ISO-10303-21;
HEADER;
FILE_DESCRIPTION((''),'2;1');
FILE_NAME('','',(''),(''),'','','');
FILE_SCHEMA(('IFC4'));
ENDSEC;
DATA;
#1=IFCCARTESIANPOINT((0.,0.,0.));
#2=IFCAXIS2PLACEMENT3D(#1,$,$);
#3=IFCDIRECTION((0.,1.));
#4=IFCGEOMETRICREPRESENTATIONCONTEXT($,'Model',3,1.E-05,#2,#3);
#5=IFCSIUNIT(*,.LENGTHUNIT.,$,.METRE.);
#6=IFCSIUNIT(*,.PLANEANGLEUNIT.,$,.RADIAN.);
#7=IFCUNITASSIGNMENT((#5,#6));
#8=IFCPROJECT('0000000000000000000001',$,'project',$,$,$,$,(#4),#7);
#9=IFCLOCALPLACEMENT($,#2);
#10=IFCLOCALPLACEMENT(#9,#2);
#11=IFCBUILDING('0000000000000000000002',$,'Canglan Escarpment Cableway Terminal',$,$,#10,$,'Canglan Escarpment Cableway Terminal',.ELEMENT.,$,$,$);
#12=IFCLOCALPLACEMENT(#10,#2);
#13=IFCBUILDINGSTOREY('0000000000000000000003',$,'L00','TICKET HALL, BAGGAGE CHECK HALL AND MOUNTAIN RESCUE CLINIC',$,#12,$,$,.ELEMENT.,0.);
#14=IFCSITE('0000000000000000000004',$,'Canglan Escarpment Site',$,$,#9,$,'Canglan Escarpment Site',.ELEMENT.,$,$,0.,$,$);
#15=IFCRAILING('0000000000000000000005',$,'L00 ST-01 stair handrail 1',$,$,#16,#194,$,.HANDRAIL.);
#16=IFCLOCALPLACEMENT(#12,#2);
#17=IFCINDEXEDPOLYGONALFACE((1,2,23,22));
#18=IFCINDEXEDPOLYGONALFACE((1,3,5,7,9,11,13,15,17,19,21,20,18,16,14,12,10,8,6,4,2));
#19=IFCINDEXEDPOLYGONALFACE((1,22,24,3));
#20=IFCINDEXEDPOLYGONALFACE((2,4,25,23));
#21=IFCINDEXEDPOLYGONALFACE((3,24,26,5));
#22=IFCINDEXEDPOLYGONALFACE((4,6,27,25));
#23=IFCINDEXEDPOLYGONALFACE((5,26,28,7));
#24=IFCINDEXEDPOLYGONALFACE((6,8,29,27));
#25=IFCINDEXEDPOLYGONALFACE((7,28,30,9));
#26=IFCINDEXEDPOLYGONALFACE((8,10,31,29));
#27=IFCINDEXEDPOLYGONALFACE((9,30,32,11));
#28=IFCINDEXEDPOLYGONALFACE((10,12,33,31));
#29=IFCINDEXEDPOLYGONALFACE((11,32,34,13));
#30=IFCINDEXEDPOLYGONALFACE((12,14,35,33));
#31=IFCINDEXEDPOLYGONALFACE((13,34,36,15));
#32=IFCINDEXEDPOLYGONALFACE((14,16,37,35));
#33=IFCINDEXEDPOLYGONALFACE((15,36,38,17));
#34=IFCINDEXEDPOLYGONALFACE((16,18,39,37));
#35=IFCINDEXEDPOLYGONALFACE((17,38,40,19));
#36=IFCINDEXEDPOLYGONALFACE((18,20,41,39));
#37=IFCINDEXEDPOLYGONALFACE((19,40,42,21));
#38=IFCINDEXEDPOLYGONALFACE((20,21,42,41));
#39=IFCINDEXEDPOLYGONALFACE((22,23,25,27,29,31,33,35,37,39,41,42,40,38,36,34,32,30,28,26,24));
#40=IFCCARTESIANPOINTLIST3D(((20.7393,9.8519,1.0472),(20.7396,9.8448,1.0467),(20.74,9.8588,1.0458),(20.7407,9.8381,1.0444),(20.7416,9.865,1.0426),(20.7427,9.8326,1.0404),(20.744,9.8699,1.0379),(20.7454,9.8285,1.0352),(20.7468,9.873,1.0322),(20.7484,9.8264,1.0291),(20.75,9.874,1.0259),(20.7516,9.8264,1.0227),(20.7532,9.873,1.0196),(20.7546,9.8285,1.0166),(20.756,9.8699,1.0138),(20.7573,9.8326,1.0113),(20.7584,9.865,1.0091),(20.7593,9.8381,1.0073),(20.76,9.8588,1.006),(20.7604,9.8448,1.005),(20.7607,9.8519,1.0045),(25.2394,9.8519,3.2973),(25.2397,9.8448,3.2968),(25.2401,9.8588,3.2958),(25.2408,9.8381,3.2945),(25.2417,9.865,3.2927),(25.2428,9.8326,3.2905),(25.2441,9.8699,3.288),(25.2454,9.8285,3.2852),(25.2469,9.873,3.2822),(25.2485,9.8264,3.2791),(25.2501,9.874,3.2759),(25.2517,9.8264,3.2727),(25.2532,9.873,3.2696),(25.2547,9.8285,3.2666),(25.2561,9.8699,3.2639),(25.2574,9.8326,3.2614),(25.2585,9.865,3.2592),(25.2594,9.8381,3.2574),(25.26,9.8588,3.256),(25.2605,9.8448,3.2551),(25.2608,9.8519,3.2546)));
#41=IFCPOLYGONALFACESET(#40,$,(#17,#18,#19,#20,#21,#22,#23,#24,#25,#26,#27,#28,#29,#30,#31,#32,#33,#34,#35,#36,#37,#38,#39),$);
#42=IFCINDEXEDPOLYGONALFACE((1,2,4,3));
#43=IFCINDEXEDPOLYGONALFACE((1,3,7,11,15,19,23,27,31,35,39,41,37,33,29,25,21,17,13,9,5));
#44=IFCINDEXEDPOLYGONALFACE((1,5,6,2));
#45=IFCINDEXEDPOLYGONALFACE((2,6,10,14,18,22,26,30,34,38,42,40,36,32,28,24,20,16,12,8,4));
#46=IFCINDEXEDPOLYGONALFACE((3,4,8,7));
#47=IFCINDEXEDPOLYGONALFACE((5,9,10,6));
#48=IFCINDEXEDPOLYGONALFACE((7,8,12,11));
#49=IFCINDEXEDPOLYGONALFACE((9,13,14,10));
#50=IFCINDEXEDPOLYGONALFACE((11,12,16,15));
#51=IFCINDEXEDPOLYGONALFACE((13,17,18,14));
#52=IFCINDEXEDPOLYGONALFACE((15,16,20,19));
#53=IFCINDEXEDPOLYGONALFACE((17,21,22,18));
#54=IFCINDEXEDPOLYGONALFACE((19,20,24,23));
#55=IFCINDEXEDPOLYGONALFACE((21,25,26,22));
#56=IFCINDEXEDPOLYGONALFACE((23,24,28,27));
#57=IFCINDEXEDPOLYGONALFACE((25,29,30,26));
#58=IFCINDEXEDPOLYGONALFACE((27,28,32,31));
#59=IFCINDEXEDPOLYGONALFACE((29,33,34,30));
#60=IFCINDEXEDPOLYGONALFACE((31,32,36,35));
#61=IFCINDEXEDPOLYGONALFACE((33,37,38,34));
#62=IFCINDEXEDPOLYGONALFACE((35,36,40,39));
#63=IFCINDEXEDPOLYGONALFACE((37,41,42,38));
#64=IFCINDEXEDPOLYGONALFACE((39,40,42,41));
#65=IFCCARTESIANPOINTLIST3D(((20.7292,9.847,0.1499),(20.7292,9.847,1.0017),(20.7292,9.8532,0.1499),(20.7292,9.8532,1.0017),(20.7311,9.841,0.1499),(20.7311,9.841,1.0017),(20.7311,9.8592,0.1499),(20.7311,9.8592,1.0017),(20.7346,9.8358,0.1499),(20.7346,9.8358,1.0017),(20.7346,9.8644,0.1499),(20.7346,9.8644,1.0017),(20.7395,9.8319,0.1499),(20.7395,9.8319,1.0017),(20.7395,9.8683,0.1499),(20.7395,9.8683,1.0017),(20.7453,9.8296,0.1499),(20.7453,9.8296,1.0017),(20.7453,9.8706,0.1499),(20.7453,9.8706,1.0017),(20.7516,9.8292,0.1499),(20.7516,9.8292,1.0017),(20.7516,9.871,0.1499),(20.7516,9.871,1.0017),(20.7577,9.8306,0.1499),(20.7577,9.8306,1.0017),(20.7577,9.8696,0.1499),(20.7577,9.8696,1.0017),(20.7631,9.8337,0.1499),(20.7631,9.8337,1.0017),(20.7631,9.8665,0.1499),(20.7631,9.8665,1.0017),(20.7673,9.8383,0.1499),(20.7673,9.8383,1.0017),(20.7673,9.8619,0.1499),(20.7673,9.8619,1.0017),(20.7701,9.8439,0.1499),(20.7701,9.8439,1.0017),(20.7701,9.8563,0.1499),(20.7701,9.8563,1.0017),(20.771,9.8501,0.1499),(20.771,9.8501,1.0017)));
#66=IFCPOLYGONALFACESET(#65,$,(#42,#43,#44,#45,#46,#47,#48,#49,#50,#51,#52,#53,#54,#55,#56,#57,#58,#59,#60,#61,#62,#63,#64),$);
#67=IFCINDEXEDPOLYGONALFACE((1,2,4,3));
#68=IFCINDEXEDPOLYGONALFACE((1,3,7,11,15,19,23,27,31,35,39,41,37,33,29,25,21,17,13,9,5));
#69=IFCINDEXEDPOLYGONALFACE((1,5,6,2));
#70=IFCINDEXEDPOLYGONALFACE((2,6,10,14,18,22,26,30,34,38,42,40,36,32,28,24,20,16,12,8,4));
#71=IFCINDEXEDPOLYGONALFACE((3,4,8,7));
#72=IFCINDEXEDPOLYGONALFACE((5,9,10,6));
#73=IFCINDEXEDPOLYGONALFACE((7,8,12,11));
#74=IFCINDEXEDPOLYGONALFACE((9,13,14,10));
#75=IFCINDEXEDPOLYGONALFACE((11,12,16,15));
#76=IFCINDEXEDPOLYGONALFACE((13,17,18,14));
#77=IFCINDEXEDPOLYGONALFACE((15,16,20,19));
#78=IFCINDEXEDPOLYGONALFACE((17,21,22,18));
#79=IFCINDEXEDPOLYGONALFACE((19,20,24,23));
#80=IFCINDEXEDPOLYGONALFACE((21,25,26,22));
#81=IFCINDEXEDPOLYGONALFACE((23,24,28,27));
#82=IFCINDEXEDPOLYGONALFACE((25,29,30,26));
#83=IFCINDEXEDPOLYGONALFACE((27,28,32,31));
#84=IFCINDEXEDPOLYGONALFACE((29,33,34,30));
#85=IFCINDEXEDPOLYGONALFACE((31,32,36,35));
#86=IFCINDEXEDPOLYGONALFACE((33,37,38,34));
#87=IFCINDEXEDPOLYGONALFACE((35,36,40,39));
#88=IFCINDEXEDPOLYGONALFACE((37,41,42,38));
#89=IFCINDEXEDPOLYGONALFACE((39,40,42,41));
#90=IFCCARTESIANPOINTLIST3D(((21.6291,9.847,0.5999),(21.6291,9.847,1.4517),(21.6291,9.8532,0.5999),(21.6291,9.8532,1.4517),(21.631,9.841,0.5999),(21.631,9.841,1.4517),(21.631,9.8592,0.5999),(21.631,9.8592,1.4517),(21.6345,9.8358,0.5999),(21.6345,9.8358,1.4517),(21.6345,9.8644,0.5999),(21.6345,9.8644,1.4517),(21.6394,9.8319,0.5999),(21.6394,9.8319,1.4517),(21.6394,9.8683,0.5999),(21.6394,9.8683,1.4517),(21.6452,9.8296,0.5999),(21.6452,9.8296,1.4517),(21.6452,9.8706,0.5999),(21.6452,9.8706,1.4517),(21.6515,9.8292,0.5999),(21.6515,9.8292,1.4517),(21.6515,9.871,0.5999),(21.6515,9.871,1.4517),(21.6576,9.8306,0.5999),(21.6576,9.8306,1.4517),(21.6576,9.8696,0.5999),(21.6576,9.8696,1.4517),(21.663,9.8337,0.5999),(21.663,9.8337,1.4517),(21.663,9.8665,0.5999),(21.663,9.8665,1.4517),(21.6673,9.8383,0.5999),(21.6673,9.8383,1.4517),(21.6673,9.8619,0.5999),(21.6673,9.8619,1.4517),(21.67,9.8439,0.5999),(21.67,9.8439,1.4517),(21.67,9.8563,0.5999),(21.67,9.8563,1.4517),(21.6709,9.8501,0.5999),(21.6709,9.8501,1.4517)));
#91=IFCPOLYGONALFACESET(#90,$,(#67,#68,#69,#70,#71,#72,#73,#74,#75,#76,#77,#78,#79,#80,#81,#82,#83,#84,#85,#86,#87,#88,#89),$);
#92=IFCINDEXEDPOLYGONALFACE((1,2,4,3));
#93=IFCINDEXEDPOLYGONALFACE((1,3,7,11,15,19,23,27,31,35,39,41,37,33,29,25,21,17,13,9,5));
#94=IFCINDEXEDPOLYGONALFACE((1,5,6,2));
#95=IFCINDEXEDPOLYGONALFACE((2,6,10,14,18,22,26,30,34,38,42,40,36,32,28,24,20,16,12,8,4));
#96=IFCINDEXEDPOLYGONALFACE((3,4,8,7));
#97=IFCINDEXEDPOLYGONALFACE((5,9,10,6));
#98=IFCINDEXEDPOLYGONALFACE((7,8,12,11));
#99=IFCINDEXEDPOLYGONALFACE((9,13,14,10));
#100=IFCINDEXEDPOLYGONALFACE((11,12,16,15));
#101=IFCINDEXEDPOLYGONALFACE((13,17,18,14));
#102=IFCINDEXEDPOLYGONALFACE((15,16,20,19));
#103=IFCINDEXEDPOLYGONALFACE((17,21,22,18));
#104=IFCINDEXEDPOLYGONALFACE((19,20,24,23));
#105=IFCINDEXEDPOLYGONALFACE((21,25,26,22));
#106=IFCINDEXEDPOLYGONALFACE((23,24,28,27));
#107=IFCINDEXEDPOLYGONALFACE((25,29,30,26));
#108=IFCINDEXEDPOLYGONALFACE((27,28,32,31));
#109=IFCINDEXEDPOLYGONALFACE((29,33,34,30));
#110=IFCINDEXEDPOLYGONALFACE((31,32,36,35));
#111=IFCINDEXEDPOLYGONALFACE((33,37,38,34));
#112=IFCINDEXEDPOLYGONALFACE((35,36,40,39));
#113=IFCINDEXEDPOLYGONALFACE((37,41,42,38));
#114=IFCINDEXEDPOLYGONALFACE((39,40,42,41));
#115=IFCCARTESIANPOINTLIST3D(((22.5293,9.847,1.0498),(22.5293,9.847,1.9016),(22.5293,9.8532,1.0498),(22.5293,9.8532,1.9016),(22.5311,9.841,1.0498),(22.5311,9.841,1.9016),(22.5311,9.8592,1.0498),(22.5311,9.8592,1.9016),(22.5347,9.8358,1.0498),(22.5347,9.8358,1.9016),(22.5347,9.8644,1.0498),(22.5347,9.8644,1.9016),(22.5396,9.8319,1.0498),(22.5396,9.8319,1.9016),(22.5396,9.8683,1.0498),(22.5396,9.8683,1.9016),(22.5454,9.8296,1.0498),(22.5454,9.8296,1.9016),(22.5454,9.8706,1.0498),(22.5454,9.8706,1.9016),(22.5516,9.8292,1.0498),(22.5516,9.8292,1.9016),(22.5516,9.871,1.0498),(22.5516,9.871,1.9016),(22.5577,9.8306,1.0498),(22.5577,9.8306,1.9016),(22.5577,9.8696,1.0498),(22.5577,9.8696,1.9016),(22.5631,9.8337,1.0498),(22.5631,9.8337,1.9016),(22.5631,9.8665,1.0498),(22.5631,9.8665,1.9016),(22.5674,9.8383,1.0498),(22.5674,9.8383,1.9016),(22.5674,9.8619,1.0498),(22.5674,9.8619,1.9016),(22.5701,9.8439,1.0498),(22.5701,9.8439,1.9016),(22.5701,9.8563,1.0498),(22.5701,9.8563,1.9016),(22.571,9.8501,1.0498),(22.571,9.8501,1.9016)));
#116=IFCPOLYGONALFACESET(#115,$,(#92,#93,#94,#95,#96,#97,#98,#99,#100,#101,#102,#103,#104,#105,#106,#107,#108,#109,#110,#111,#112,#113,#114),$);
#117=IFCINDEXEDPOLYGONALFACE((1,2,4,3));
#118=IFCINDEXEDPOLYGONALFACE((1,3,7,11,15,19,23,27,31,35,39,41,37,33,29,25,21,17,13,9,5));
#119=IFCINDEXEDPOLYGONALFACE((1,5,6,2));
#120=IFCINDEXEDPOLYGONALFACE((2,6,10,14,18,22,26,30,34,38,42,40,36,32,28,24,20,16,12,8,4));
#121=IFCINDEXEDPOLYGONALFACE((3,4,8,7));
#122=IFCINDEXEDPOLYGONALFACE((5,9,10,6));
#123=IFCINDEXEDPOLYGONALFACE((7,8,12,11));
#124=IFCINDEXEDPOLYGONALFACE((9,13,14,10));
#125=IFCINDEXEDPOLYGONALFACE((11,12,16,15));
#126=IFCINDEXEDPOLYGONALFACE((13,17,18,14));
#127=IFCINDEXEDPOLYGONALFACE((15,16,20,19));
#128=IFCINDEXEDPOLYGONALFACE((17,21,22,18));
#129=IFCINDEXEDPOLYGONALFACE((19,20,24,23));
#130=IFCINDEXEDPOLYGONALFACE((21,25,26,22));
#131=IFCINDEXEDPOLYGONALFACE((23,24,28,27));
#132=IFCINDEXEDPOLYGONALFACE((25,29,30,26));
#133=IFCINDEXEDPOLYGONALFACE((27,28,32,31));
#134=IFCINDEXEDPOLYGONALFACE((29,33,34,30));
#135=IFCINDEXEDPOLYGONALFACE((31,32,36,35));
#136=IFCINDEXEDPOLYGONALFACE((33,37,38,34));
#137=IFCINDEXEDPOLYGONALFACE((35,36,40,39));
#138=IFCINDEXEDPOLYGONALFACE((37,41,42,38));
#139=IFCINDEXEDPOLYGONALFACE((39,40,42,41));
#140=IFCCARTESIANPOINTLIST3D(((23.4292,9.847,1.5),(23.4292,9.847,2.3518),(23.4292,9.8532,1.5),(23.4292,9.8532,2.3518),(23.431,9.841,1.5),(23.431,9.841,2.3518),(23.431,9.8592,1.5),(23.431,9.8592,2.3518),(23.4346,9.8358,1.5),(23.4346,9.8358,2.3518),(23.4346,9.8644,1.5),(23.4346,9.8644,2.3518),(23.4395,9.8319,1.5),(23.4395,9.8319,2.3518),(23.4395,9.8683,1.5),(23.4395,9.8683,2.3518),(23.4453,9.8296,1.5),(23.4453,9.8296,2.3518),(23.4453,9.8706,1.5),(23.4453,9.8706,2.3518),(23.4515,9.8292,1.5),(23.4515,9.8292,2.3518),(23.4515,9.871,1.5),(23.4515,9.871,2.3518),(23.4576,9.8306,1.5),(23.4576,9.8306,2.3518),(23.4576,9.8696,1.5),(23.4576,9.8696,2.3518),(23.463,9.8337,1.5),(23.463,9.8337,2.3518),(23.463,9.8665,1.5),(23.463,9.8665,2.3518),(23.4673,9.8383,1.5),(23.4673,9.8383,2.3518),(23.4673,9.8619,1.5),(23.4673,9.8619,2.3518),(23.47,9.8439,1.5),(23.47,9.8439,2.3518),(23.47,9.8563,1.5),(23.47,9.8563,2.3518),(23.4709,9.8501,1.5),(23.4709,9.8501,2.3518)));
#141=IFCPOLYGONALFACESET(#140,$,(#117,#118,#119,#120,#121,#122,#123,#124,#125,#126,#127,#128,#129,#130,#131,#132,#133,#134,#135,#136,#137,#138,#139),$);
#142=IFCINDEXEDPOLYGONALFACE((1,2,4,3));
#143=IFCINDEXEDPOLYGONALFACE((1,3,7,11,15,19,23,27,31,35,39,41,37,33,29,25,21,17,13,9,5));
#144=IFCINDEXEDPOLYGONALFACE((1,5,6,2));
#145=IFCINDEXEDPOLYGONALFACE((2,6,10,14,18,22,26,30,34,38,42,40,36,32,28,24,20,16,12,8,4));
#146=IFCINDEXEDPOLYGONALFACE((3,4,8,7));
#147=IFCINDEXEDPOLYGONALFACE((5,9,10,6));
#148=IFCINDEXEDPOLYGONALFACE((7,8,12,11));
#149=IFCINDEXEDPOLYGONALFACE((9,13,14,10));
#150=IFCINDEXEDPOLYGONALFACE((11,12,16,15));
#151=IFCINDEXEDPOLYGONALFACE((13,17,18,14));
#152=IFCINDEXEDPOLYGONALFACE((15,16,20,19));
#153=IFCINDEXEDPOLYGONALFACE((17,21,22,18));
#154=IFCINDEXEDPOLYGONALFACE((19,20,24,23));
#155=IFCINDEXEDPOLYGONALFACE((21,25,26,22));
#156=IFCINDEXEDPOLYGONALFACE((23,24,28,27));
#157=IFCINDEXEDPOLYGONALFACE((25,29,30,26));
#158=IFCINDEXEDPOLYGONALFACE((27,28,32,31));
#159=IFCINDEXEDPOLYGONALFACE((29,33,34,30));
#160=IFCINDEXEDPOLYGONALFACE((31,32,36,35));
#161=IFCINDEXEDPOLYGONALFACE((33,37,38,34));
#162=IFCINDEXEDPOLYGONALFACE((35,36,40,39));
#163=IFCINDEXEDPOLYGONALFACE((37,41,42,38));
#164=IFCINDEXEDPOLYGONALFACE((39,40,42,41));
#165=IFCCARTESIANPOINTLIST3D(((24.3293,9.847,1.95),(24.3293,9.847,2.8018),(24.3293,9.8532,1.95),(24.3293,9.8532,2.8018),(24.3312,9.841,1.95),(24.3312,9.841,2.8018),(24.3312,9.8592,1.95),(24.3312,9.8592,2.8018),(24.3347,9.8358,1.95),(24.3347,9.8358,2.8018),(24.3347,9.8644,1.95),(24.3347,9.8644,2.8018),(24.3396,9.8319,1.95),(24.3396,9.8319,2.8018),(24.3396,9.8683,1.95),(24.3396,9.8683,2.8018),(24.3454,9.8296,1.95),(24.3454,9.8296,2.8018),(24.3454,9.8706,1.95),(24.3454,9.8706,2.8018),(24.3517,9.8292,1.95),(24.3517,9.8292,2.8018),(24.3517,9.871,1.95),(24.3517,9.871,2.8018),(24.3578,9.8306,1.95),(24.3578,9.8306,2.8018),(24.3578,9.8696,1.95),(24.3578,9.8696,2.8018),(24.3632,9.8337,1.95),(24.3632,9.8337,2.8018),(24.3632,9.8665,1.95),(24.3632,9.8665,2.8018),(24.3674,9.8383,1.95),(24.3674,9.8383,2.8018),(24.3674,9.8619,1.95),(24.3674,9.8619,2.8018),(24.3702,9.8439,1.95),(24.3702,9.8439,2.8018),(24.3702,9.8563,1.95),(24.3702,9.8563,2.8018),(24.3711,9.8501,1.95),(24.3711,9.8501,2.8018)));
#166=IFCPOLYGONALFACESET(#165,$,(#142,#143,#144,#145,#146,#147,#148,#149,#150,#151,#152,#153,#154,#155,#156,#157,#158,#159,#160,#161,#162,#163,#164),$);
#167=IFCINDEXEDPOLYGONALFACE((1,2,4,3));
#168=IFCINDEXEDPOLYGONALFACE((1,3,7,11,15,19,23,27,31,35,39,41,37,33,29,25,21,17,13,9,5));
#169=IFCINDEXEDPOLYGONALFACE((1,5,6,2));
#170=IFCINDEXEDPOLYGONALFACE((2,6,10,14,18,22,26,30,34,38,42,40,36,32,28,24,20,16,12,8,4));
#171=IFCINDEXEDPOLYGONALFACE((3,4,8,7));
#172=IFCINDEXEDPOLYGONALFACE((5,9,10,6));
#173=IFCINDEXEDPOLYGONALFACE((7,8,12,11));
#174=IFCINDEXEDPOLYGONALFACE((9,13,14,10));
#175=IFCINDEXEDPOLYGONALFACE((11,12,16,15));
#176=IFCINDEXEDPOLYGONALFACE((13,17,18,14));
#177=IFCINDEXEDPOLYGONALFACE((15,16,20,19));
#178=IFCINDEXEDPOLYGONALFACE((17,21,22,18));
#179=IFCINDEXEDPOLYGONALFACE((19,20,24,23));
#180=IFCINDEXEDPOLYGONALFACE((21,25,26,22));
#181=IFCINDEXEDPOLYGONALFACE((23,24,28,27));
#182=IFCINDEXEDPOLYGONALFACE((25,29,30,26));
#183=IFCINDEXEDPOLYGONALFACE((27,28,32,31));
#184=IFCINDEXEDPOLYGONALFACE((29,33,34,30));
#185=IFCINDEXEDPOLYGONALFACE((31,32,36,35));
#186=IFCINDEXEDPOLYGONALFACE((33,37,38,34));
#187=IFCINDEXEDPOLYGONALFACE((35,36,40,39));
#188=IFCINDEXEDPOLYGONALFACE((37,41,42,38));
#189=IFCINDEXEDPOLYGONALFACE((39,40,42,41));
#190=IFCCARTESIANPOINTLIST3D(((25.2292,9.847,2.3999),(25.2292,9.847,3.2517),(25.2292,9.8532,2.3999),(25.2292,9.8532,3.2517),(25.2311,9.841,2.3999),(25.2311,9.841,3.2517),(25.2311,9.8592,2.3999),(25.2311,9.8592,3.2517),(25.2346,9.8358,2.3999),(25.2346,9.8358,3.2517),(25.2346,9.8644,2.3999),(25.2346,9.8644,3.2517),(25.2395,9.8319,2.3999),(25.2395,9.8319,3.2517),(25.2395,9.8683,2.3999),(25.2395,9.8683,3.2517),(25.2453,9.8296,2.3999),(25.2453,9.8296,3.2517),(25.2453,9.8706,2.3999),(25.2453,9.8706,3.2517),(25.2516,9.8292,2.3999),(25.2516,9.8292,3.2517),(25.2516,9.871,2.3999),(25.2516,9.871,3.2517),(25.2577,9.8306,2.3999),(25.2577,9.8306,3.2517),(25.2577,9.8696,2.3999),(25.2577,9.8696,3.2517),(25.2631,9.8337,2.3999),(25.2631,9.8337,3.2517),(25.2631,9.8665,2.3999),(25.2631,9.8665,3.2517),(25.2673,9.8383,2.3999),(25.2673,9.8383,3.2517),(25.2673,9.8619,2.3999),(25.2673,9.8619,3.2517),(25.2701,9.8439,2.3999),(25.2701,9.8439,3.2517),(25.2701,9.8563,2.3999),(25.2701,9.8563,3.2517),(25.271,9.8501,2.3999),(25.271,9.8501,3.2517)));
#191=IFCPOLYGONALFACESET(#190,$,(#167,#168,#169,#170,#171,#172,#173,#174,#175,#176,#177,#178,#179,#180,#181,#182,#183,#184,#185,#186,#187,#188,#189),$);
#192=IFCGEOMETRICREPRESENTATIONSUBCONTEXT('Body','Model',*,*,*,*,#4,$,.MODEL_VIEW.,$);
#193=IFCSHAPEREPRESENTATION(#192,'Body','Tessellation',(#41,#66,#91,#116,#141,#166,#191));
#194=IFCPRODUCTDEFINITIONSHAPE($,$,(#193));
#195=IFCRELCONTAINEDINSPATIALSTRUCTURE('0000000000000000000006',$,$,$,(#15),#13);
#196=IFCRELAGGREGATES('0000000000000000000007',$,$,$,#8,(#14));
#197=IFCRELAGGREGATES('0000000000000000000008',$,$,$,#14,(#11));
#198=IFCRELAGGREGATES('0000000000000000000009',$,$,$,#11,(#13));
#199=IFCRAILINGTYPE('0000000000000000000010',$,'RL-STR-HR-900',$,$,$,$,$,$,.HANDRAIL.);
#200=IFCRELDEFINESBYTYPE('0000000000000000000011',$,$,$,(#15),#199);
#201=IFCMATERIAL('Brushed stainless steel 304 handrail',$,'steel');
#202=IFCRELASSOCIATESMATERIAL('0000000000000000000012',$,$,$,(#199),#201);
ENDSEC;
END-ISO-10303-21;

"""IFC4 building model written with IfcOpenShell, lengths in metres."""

from ifc_helpers import new_model, si_unit, direction, frame, origin, origin_2d, place, context, subcontext, project, spatial, circle, extrude, material, type_object, element, save


model = new_model("IFC4")

# Units and contexts
model_context = context("Model", 3, precision=1e-05, world=origin(), true_north=direction((0.0, 1.0)))
body_context = subcontext(model_context, "Body", "Model", "MODEL_VIEW")
ifc_project = project(units=[si_unit("LENGTHUNIT", "METRE"), si_unit("PLANEANGLEUNIT", "RADIAN")], contexts=[model_context])

# Site, building, storey
site_placement = place(None, origin())
site = spatial("IfcSite", under=ifc_project, at=site_placement, Name="Canglan Escarpment Site", LongName="Canglan Escarpment Site", CompositionType="ELEMENT", RefElevation=0.0)
building_placement = place(site_placement, origin())
building = spatial("IfcBuilding", under=site, at=building_placement, Name="Canglan Escarpment Cableway Terminal", LongName="Canglan Escarpment Cableway Terminal", CompositionType="ELEMENT")
storey_placement = place(building_placement, origin())
storey = spatial("IfcBuildingStorey", under=building, at=storey_placement, Name="L00", Description="TICKET HALL, BAGGAGE CHECK HALL AND MOUNTAIN RESCUE CLINIC", CompositionType="ELEMENT", Elevation=0.0)

# Railing
ifc_material_1 = material(Name="Brushed stainless steel 304 handrail", Category="steel")
railing_type_1 = type_object("IfcRailingType", Name="RL-STR-HR-900", PredefinedType="HANDRAIL", material=ifc_material_1)
railing_1_placement = place(storey_placement, frame((20.75, 9.8501, 0.1499)))
element("IfcRailing", 1, at=railing_1_placement, inside=storey, type_object=railing_type_1, Name="L00 ST-01 stair handrail 1", PredefinedType="HANDRAIL", context=body_context, shape_type="SweptSolid", body=[
    extrude(circle(Radius=0.0239, at=origin_2d()), frame((0.0, 0.0, 0.876), z_axis=(0.894427, 0.0, 0.447214), x_axis=(0.0, 1.0, 0.0)), (0.0, 0.0, 1.0), 5.0312),
    extrude(circle(Radius=0.021, at=origin_2d()), origin(), (0.0, 0.0, 1.0), 0.8518),
    extrude(circle(Radius=0.021, at=origin_2d()), frame((0.8999, 0.0, 0.45)), (0.0, 0.0, 1.0), 0.8518),
    extrude(circle(Radius=0.021, at=origin_2d()), frame((1.8, 0.0, 0.8999)), (0.0, 0.0, 1.0), 0.8518),
    extrude(circle(Radius=0.021, at=origin_2d()), frame((2.7, 0.0, 1.3501)), (0.0, 0.0, 1.0), 0.8518),
    extrude(circle(Radius=0.021, at=origin_2d()), frame((3.6001, 0.0, 1.8)), (0.0, 0.0, 1.0), 0.8518),
    extrude(circle(Radius=0.021, at=origin_2d()), frame((4.5, 0.0, 2.25)), (0.0, 0.0, 1.0), 0.8518),
])

save(model, "model.ifc")
